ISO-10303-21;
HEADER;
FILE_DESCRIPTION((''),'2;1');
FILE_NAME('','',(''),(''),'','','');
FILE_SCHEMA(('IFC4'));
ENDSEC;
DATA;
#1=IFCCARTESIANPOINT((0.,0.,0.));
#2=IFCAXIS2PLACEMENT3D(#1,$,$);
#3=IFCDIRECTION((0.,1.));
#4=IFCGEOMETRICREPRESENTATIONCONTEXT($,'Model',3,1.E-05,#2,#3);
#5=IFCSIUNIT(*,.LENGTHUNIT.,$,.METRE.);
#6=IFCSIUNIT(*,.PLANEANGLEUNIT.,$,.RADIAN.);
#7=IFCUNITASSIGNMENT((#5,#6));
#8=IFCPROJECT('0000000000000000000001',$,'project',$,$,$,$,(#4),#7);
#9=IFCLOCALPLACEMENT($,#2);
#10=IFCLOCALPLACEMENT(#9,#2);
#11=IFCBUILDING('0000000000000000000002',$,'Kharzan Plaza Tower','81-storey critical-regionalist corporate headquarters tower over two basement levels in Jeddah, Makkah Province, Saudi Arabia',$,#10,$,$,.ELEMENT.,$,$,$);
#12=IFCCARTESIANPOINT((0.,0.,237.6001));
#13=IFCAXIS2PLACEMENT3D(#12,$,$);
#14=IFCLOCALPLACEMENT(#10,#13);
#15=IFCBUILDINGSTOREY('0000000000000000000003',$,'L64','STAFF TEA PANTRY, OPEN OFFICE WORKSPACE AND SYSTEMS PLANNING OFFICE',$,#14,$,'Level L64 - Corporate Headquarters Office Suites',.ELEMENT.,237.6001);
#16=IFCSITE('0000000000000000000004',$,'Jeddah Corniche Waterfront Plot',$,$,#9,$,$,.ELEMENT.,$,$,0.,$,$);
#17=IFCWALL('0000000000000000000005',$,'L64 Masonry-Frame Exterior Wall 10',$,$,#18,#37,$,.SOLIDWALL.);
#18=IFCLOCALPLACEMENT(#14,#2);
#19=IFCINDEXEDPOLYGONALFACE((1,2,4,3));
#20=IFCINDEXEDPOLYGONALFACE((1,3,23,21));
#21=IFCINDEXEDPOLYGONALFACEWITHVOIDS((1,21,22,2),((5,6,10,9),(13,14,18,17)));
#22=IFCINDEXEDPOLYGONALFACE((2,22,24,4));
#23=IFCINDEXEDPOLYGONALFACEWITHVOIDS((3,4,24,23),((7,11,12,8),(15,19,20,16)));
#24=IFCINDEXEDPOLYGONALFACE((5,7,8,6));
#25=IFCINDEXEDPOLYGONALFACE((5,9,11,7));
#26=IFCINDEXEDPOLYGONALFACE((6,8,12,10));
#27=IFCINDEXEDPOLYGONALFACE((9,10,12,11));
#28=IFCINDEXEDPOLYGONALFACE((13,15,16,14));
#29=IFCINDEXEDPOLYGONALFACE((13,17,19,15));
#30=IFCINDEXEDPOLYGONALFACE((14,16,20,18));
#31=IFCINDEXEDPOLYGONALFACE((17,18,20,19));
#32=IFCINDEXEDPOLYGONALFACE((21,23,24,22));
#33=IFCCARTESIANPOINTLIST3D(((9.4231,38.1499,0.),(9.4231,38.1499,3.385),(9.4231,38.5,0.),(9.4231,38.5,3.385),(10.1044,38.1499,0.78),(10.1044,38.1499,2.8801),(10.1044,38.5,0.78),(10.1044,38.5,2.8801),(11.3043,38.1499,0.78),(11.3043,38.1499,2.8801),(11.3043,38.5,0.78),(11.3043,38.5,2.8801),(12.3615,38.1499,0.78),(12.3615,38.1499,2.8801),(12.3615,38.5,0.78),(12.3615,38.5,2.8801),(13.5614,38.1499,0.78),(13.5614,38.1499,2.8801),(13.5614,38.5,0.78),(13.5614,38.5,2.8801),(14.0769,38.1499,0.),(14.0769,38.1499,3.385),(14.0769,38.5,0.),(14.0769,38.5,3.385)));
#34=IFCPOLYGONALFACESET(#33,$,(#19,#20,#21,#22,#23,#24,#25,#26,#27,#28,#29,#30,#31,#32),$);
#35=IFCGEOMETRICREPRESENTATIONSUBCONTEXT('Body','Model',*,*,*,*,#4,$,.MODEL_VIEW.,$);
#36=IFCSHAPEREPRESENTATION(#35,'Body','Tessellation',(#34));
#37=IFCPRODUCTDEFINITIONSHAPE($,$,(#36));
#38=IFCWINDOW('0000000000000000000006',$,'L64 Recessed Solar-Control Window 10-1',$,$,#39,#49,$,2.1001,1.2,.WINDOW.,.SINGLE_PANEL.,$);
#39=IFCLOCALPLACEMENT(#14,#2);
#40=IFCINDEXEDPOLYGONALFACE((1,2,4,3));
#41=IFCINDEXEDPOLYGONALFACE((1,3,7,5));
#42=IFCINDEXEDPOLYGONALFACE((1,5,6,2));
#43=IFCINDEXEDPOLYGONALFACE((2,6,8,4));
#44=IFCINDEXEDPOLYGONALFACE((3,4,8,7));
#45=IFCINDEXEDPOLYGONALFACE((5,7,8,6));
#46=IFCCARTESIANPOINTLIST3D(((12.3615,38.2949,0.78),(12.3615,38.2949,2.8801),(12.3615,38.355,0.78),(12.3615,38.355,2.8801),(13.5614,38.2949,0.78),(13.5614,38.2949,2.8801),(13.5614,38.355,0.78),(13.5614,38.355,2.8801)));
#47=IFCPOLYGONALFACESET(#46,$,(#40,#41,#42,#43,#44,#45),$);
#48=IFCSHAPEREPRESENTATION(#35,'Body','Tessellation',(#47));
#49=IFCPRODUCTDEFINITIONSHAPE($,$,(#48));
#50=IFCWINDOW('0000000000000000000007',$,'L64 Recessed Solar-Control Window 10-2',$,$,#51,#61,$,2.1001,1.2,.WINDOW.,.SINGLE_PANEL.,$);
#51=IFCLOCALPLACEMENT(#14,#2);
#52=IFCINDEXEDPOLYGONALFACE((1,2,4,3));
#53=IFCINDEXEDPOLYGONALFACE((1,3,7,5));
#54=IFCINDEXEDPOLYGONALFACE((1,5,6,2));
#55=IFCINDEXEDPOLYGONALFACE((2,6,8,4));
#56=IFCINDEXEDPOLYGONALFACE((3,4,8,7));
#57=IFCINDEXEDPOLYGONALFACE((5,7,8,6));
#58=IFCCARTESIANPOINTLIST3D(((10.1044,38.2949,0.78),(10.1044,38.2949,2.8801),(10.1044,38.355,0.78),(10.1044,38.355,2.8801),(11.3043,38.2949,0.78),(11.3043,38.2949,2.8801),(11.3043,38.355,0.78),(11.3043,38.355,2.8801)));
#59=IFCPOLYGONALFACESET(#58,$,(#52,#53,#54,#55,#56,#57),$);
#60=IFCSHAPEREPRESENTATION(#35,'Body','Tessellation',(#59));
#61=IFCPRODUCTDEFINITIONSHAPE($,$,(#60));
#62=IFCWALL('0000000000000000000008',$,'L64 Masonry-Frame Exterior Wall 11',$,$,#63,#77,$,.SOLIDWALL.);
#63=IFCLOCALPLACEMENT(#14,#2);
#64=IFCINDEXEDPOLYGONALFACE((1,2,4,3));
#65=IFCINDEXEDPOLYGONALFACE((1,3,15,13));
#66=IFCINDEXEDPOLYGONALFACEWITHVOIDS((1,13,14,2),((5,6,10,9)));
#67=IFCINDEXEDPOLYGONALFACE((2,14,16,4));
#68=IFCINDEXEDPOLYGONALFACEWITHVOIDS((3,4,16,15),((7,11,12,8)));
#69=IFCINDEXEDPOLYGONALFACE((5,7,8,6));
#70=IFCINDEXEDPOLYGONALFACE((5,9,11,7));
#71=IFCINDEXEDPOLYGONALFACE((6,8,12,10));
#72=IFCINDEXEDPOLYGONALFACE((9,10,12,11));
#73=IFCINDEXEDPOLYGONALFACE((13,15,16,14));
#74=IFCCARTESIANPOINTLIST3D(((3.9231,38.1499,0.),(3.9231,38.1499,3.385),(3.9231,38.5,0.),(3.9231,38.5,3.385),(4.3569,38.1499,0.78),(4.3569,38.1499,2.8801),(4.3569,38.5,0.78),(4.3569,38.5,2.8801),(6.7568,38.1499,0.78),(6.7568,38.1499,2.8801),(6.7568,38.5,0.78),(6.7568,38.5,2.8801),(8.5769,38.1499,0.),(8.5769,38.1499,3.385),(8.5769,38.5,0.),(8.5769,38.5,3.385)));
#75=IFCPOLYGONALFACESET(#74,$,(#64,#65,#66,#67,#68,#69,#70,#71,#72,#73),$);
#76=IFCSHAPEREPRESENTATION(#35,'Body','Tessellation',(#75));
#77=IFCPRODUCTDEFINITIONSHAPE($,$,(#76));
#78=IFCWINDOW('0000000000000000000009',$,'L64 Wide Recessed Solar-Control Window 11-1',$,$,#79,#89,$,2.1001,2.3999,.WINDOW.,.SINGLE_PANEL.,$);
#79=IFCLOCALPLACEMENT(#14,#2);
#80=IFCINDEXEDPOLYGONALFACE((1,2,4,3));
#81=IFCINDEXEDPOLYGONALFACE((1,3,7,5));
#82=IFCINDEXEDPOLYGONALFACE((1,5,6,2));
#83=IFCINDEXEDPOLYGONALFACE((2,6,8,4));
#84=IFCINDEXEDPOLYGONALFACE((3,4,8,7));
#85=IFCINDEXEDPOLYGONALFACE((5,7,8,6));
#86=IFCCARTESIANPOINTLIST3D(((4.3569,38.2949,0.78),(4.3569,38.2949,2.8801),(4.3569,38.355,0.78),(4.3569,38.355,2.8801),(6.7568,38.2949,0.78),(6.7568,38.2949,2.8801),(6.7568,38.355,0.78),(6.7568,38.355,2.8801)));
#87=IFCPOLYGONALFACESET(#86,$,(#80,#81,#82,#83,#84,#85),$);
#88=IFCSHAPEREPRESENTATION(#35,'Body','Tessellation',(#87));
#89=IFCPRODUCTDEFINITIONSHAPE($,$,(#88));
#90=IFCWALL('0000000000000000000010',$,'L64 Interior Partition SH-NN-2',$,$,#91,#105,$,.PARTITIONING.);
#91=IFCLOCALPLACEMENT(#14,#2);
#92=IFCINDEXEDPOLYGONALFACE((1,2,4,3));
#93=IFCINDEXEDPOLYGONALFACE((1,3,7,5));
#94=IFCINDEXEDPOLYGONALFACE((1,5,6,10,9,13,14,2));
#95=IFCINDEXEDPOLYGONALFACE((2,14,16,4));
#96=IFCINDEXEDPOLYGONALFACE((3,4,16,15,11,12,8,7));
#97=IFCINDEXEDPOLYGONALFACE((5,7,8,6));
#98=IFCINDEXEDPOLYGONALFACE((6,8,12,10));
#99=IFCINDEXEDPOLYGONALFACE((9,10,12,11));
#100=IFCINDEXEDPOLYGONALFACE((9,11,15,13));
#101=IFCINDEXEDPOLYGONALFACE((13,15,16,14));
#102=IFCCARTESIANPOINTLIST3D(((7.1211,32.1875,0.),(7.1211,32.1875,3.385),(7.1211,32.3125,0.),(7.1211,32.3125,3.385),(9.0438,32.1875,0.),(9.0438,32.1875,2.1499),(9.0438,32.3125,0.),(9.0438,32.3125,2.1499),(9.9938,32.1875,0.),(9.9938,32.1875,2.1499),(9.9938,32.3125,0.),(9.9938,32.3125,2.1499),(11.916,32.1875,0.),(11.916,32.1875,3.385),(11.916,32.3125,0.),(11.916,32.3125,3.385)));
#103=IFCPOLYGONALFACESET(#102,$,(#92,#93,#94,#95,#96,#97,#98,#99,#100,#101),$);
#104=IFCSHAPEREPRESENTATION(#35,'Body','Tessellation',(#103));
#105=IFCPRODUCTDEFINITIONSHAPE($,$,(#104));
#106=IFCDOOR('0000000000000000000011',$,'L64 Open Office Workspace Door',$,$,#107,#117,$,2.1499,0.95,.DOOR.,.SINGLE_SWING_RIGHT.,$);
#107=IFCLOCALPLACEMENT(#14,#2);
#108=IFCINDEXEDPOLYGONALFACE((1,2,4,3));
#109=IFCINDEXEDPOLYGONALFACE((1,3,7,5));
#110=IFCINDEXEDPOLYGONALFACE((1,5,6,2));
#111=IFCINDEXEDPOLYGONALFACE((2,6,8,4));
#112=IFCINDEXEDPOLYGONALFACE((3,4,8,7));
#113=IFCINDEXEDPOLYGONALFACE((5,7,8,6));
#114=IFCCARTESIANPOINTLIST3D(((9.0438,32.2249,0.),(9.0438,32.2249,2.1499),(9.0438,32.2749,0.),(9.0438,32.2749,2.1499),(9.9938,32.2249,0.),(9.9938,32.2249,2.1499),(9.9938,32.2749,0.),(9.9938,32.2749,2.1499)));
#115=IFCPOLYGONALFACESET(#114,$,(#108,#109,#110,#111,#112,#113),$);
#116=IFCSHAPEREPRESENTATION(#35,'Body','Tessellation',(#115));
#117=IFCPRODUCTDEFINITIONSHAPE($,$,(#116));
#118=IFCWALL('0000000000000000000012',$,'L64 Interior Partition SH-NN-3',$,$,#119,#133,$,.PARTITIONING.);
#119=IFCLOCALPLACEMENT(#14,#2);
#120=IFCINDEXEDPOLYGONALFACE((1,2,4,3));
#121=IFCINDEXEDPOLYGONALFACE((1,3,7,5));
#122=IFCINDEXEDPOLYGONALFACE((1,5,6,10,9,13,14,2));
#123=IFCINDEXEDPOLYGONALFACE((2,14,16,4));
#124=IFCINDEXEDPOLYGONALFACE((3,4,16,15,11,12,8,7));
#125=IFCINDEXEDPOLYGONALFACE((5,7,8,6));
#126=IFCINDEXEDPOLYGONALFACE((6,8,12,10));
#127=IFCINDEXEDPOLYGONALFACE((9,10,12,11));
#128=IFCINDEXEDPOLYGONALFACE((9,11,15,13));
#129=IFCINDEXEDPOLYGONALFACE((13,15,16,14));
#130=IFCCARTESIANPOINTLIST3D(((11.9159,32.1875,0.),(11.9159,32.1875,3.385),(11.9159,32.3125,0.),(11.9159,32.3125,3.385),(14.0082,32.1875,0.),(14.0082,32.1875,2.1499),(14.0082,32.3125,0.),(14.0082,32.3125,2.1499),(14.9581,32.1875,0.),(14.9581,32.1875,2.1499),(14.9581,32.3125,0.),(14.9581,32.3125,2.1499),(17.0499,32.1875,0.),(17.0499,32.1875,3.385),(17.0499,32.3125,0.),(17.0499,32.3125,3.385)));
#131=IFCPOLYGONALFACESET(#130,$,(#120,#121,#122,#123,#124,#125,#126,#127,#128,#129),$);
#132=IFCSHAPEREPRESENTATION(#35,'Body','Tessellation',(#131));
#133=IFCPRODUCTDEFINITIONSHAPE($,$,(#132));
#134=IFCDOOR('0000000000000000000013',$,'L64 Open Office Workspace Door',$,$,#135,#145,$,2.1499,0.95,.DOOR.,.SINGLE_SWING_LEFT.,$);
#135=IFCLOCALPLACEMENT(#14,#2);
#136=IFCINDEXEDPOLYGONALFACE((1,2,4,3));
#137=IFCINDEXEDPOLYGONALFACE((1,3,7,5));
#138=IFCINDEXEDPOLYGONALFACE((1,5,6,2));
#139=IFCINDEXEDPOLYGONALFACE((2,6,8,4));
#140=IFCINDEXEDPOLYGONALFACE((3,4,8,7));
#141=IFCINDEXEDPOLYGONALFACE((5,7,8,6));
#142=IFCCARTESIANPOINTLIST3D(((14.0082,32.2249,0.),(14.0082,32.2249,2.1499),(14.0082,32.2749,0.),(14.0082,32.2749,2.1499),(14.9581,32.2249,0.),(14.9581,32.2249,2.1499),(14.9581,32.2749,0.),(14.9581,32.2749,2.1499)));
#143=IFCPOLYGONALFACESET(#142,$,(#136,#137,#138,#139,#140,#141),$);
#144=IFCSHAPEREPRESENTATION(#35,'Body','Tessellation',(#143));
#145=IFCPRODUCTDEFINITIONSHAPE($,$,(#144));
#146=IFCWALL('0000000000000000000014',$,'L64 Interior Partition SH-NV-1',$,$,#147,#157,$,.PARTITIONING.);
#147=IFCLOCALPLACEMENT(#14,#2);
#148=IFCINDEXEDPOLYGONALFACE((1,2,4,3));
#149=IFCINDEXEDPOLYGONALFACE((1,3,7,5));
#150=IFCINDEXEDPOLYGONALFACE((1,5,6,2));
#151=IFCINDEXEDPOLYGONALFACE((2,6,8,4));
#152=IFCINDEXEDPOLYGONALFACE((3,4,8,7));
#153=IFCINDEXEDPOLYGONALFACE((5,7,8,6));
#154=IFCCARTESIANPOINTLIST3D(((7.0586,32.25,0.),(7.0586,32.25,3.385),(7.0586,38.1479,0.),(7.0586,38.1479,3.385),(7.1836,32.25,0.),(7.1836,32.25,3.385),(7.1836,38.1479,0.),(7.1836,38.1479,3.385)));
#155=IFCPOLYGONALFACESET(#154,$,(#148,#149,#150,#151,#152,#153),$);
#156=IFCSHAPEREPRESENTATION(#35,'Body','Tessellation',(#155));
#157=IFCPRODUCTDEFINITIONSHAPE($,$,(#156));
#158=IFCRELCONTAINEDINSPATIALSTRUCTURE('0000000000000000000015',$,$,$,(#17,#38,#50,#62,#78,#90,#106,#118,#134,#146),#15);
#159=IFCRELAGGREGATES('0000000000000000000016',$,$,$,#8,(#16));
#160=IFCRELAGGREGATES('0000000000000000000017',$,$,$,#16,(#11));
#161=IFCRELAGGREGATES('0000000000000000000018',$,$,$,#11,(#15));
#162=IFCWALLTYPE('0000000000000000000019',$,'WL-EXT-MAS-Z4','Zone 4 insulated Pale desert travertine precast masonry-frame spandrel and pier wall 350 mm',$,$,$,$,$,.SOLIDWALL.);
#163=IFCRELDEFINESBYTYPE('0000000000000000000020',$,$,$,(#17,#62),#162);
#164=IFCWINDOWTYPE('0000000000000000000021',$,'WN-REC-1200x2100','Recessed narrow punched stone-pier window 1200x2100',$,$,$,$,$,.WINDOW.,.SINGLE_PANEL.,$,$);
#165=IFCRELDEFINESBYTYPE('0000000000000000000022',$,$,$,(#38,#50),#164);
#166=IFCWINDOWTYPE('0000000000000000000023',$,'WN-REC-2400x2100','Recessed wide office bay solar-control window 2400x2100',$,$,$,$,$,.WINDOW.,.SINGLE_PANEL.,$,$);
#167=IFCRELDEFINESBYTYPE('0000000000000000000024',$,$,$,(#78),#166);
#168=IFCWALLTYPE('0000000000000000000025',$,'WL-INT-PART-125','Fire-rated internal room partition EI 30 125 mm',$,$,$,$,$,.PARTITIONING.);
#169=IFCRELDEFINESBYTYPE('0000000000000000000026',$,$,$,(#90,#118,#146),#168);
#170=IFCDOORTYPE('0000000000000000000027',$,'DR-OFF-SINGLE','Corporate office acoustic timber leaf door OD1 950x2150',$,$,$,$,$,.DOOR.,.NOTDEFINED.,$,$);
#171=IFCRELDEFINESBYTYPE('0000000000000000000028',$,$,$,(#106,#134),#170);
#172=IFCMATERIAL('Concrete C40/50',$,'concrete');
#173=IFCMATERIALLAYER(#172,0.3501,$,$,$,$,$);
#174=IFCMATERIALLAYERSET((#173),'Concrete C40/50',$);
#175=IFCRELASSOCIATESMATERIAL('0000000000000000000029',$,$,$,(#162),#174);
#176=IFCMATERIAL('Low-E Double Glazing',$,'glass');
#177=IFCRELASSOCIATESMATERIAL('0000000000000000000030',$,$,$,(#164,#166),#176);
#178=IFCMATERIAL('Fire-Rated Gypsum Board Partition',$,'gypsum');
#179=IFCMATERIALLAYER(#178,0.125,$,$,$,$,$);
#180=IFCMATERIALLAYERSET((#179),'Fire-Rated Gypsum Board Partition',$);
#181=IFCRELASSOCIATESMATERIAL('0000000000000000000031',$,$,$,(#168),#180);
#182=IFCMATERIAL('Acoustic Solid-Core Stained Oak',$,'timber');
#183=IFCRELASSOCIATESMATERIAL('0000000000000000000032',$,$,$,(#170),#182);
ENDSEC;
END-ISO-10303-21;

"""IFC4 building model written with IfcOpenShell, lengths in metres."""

from ifc_helpers import new_model, si_unit, direction, frame, frame_2d, origin, place, context, subcontext, project, spatial, rectangle, extrude, source, transform, mapped, material, layer, layer_set, type_object, element, fill, save


model = new_model("IFC4")

# Units and contexts
model_context = context("Model", 3, precision=1e-05, world=origin(), true_north=direction((0.0, 1.0)))
body_context = subcontext(model_context, "Body", "Model", "MODEL_VIEW")
ifc_project = project(units=[si_unit("LENGTHUNIT", "METRE"), si_unit("PLANEANGLEUNIT", "RADIAN")], contexts=[model_context])

# Site, building, storey
site_placement = place(None, origin())
site = spatial("IfcSite", under=ifc_project, at=site_placement, Name="Jeddah Corniche Waterfront Plot", CompositionType="ELEMENT", RefElevation=0.0)
building_placement = place(site_placement, origin())
building = spatial("IfcBuilding", under=site, at=building_placement, Name="Kharzan Plaza Tower", Description="81-storey critical-regionalist corporate headquarters tower over two basement levels in Jeddah, Makkah Province, Saudi Arabia", CompositionType="ELEMENT")
storey_placement = place(building_placement, frame((0.0, 0.0, 237.6001)))
storey = spatial("IfcBuildingStorey", under=building, at=storey_placement, Name="L64", Description="STAFF TEA PANTRY, OPEN OFFICE WORKSPACE AND SYSTEMS PLANNING OFFICE", LongName="Level L64 - Corporate Headquarters Office Suites", CompositionType="ELEMENT", Elevation=237.6001)

# Shared definitions
ifc_material_1 = material(Name="Concrete C40/50", Category="concrete")
ifc_layer_1 = layer(ifc_material_1, 0.3501)
ifc_layer_set_1 = layer_set([ifc_layer_1], Name="Concrete C40/50")
wall_type_1 = type_object("IfcWallType", Name="WL-EXT-MAS-Z4", Description="Zone 4 insulated Pale desert travertine precast masonry-frame spandrel and pier wall 350 mm", PredefinedType="SOLIDWALL", material=ifc_layer_set_1)
ifc_material_2 = material(Name="Low-E Double Glazing", Category="glass")
window_type_1 = type_object("IfcWindowType", Name="WN-REC-1200x2100", Description="Recessed narrow punched stone-pier window 1200x2100", PartitioningType="SINGLE_PANEL", PredefinedType="WINDOW", material=ifc_material_2)
shared_shape_1 = source(origin(), body_context, "Body", "SweptSolid", [
    extrude(rectangle(XDim=1.2, YDim=2.1001, at=frame_2d((0.6001, 1.05))), frame((0.0, 0.03, 0.0), z_axis=(0.0, -1.0, 0.0), x_axis=(1.0, 0.0, 0.0)), (0.0, 0.0, 1.0), 0.0601),
])

# Wall, openings, windows
wall_1_placement = place(storey_placement, frame((14.0769, 38.325, 0.0), z_axis=(0.0, 0.0, 1.0), x_axis=(-1.0, 0.0, 0.0)))
wall_1 = element("IfcWall", 1, at=wall_1_placement, inside=storey, type_object=wall_type_1, Name="L64 Masonry-Frame Exterior Wall 10", PredefinedType="SOLIDWALL", context=body_context, shape_type="SweptSolid", body=[
    extrude(rectangle(XDim=4.6538, YDim=0.3501, at=frame_2d((2.3269, 0.0))), origin(), (0.0, 0.0, 1.0), 3.385),
])
opening_1_placement = place(wall_1_placement, frame((0.5154, 0.0, 0.78)))
opening_1 = element("IfcOpeningElement", 2, at=opening_1_placement, cuts=wall_1, PredefinedType="OPENING", context=body_context, shape_type="SweptSolid", body=[
    extrude(rectangle(XDim=1.2, YDim=2.1001, at=frame_2d((0.6001, 1.05))), frame((0.0, 0.1851, 0.0), z_axis=(0.0, -1.0, 0.0), x_axis=(1.0, 0.0, 0.0)), (0.0, 0.0, 1.0), 0.3701),
])
opening_2_placement = place(wall_1_placement, frame((2.7725, 0.0, 0.78)))
opening_2 = element("IfcOpeningElement", 3, at=opening_2_placement, cuts=wall_1, PredefinedType="OPENING", context=body_context, shape_type="SweptSolid", body=[
    extrude(rectangle(XDim=1.2, YDim=2.1001, at=frame_2d((0.6001, 1.05))), frame((0.0, 0.1851, 0.0), z_axis=(0.0, -1.0, 0.0), x_axis=(1.0, 0.0, 0.0)), (0.0, 0.0, 1.0), 0.3701),
])
window_1_placement = place(opening_1_placement, origin())
window_1 = element("IfcWindow", 4, at=window_1_placement, inside=storey, type_object=window_type_1, Name="L64 Recessed Solar-Control Window 10-1", OverallHeight=2.1001, OverallWidth=1.2, PartitioningType="SINGLE_PANEL", PredefinedType="WINDOW", context=body_context, shape_type="MappedRepresentation", body=[
    mapped(shared_shape_1, transform((0.0, 0.0, 0.0), x_axis=(1.0, 0.0, 0.0), y_axis=(0.0, 1.0, 0.0), z_axis=(0.0, 0.0, 1.0))),
])
fill(opening_1, window_1)
window_2_placement = place(opening_2_placement, origin())
window_2 = element("IfcWindow", 5, at=window_2_placement, inside=storey, type_object=window_type_1, Name="L64 Recessed Solar-Control Window 10-2", OverallHeight=2.1001, OverallWidth=1.2, PartitioningType="SINGLE_PANEL", PredefinedType="WINDOW", context=body_context, shape_type="MappedRepresentation", body=[
    mapped(shared_shape_1, transform((0.0, 0.0, 0.0), x_axis=(1.0, 0.0, 0.0), y_axis=(0.0, 1.0, 0.0), z_axis=(0.0, 0.0, 1.0))),
])
fill(opening_2, window_2)

# Wall, opening, window
wall_2_placement = place(storey_placement, frame((8.5769, 38.325, 0.0), z_axis=(0.0, 0.0, 1.0), x_axis=(-1.0, 0.0, 0.0)))
wall_2 = element("IfcWall", 6, at=wall_2_placement, inside=storey, type_object=wall_type_1, Name="L64 Masonry-Frame Exterior Wall 11", PredefinedType="SOLIDWALL", context=body_context, shape_type="SweptSolid", body=[
    extrude(rectangle(XDim=4.6538, YDim=0.3501, at=frame_2d((2.3269, 0.0))), origin(), (0.0, 0.0, 1.0), 3.385),
])
opening_3_placement = place(wall_2_placement, frame((1.8201, 0.0, 0.78)))
opening_3 = element("IfcOpeningElement", 7, at=opening_3_placement, cuts=wall_2, PredefinedType="OPENING", context=body_context, shape_type="SweptSolid", body=[
    extrude(rectangle(XDim=2.3999, YDim=2.1001, at=frame_2d((1.2, 1.05))), frame((0.0, 0.1851, 0.0), z_axis=(0.0, -1.0, 0.0), x_axis=(1.0, 0.0, 0.0)), (0.0, 0.0, 1.0), 0.3701),
])
window_type_2 = type_object("IfcWindowType", Name="WN-REC-2400x2100", Description="Recessed wide office bay solar-control window 2400x2100", PartitioningType="SINGLE_PANEL", PredefinedType="WINDOW", material=ifc_material_2)
shared_shape_2 = source(origin(), body_context, "Body", "SweptSolid", [
    extrude(rectangle(XDim=2.3999, YDim=2.1001, at=frame_2d((1.2, 1.05))), frame((0.0, 0.03, 0.0), z_axis=(0.0, -1.0, 0.0), x_axis=(1.0, 0.0, 0.0)), (0.0, 0.0, 1.0), 0.0601),
])
window_3_placement = place(opening_3_placement, origin())
window_3 = element("IfcWindow", 8, at=window_3_placement, inside=storey, type_object=window_type_2, Name="L64 Wide Recessed Solar-Control Window 11-1", OverallHeight=2.1001, OverallWidth=2.3999, PartitioningType="SINGLE_PANEL", PredefinedType="WINDOW", context=body_context, shape_type="MappedRepresentation", body=[
    mapped(shared_shape_2, transform((0.0, 0.0, 0.0), x_axis=(1.0, 0.0, 0.0), y_axis=(0.0, 1.0, 0.0), z_axis=(0.0, 0.0, 1.0))),
])
fill(opening_3, window_3)

# Walls, openings, doors
ifc_material_3 = material(Name="Fire-Rated Gypsum Board Partition", Category="gypsum")
ifc_layer_2 = layer(ifc_material_3, 0.125)
ifc_layer_set_2 = layer_set([ifc_layer_2], Name="Fire-Rated Gypsum Board Partition")
wall_type_2 = type_object("IfcWallType", Name="WL-INT-PART-125", Description="Fire-rated internal room partition EI 30 125 mm", PredefinedType="PARTITIONING", material=ifc_layer_set_2)
wall_3_placement = place(storey_placement, frame((7.1211, 32.25, 0.0), z_axis=(0.0, 0.0, 1.0), x_axis=(1.0, 0.0, 0.0)))
wall_3 = element("IfcWall", 9, at=wall_3_placement, inside=storey, type_object=wall_type_2, Name="L64 Interior Partition SH-NN-2", PredefinedType="PARTITIONING", context=body_context, shape_type="SweptSolid", body=[
    extrude(rectangle(XDim=4.7949, YDim=0.125, at=frame_2d((2.3975, 0.0))), origin(), (0.0, 0.0, 1.0), 3.385),
])
opening_4_placement = place(wall_3_placement, frame((1.9226, 0.0, 0.0)))
opening_4 = element("IfcOpeningElement", 10, at=opening_4_placement, cuts=wall_3, PredefinedType="OPENING", context=body_context, shape_type="SweptSolid", body=[
    extrude(rectangle(XDim=0.95, YDim=2.1499, at=frame_2d((0.4751, 1.075))), frame((0.0, 0.0725, 0.0), z_axis=(0.0, -1.0, 0.0), x_axis=(1.0, 0.0, 0.0)), (0.0, 0.0, 1.0), 0.145),
])
ifc_material_4 = material(Name="Acoustic Solid-Core Stained Oak", Category="timber")
door_type = type_object("IfcDoorType", Name="DR-OFF-SINGLE", Description="Corporate office acoustic timber leaf door OD1 950x2150", OperationType="NOTDEFINED", PredefinedType="DOOR", material=ifc_material_4)
shared_shape_3 = source(origin(), body_context, "Body", "SweptSolid", [
    extrude(rectangle(XDim=0.95, YDim=2.1499, at=frame_2d((0.4751, 1.075))), frame((0.0, 0.0249, 0.0), z_axis=(0.0, -1.0, 0.0), x_axis=(1.0, 0.0, 0.0)), (0.0, 0.0, 1.0), 0.05),
])
door_1_placement = place(opening_4_placement, origin())
door_1 = element("IfcDoor", 11, at=door_1_placement, inside=storey, type_object=door_type, Name="L64 Open Office Workspace Door", OperationType="SINGLE_SWING_RIGHT", OverallHeight=2.1499, OverallWidth=0.95, PredefinedType="DOOR", context=body_context, shape_type="MappedRepresentation", body=[
    mapped(shared_shape_3, transform((0.0, 0.0, 0.0), x_axis=(1.0, 0.0, 0.0), y_axis=(0.0, 1.0, 0.0), z_axis=(0.0, 0.0, 1.0))),
])
fill(opening_4, door_1)
wall_4_placement = place(storey_placement, frame((11.916, 32.25, 0.0), z_axis=(0.0, 0.0, 1.0), x_axis=(1.0, 0.0, 0.0)))
wall_4 = element("IfcWall", 12, at=wall_4_placement, inside=storey, type_object=wall_type_2, Name="L64 Interior Partition SH-NN-3", PredefinedType="PARTITIONING", context=body_context, shape_type="SweptSolid", body=[
    extrude(rectangle(XDim=5.134, YDim=0.125, at=frame_2d((2.5669, 0.0))), origin(), (0.0, 0.0, 1.0), 3.385),
])
opening_5_placement = place(wall_4_placement, frame((2.092, 0.0, 0.0)))
opening_5 = element("IfcOpeningElement", 13, at=opening_5_placement, cuts=wall_4, PredefinedType="OPENING", context=body_context, shape_type="SweptSolid", body=[
    extrude(rectangle(XDim=0.95, YDim=2.1499, at=frame_2d((0.4751, 1.075))), frame((0.0, 0.0725, 0.0), z_axis=(0.0, -1.0, 0.0), x_axis=(1.0, 0.0, 0.0)), (0.0, 0.0, 1.0), 0.145),
])
door_2_placement = place(opening_5_placement, origin())
door_2 = element("IfcDoor", 14, at=door_2_placement, inside=storey, type_object=door_type, Name="L64 Open Office Workspace Door", OperationType="SINGLE_SWING_LEFT", OverallHeight=2.1499, OverallWidth=0.95, PredefinedType="DOOR", context=body_context, shape_type="MappedRepresentation", body=[
    mapped(shared_shape_3, transform((0.0, 0.0, 0.0), x_axis=(1.0, 0.0, 0.0), y_axis=(0.0, 1.0, 0.0), z_axis=(0.0, 0.0, 1.0))),
])
fill(opening_5, door_2)

# Wall
shared_shape_4 = source(origin(), body_context, "Body", "SweptSolid", [
    extrude(rectangle(XDim=5.8979, YDim=0.125, at=frame_2d((2.949, 0.0))), origin(), (0.0, 0.0, 1.0), 3.385),
])
for number, where, z_axis, x_axis, name in (
    (15, (7.1211, 32.25, 0.0), (0.0, 0.0, 1.0), (0.0, 1.0, 0.0), "L64 Interior Partition SH-NV-1"),
):
    element("IfcWall", number, at=place(storey_placement, frame(where, z_axis=z_axis, x_axis=x_axis)), inside=storey, type_object=wall_type_2, Name=name, PredefinedType="PARTITIONING", context=body_context, shape_type="MappedRepresentation", body=[
        mapped(shared_shape_4, transform((0.0, 0.0, 0.0), x_axis=(1.0, 0.0, 0.0), y_axis=(0.0, 1.0, 0.0), z_axis=(0.0, 0.0, 1.0))),
    ])

save(model, "model.ifc")
